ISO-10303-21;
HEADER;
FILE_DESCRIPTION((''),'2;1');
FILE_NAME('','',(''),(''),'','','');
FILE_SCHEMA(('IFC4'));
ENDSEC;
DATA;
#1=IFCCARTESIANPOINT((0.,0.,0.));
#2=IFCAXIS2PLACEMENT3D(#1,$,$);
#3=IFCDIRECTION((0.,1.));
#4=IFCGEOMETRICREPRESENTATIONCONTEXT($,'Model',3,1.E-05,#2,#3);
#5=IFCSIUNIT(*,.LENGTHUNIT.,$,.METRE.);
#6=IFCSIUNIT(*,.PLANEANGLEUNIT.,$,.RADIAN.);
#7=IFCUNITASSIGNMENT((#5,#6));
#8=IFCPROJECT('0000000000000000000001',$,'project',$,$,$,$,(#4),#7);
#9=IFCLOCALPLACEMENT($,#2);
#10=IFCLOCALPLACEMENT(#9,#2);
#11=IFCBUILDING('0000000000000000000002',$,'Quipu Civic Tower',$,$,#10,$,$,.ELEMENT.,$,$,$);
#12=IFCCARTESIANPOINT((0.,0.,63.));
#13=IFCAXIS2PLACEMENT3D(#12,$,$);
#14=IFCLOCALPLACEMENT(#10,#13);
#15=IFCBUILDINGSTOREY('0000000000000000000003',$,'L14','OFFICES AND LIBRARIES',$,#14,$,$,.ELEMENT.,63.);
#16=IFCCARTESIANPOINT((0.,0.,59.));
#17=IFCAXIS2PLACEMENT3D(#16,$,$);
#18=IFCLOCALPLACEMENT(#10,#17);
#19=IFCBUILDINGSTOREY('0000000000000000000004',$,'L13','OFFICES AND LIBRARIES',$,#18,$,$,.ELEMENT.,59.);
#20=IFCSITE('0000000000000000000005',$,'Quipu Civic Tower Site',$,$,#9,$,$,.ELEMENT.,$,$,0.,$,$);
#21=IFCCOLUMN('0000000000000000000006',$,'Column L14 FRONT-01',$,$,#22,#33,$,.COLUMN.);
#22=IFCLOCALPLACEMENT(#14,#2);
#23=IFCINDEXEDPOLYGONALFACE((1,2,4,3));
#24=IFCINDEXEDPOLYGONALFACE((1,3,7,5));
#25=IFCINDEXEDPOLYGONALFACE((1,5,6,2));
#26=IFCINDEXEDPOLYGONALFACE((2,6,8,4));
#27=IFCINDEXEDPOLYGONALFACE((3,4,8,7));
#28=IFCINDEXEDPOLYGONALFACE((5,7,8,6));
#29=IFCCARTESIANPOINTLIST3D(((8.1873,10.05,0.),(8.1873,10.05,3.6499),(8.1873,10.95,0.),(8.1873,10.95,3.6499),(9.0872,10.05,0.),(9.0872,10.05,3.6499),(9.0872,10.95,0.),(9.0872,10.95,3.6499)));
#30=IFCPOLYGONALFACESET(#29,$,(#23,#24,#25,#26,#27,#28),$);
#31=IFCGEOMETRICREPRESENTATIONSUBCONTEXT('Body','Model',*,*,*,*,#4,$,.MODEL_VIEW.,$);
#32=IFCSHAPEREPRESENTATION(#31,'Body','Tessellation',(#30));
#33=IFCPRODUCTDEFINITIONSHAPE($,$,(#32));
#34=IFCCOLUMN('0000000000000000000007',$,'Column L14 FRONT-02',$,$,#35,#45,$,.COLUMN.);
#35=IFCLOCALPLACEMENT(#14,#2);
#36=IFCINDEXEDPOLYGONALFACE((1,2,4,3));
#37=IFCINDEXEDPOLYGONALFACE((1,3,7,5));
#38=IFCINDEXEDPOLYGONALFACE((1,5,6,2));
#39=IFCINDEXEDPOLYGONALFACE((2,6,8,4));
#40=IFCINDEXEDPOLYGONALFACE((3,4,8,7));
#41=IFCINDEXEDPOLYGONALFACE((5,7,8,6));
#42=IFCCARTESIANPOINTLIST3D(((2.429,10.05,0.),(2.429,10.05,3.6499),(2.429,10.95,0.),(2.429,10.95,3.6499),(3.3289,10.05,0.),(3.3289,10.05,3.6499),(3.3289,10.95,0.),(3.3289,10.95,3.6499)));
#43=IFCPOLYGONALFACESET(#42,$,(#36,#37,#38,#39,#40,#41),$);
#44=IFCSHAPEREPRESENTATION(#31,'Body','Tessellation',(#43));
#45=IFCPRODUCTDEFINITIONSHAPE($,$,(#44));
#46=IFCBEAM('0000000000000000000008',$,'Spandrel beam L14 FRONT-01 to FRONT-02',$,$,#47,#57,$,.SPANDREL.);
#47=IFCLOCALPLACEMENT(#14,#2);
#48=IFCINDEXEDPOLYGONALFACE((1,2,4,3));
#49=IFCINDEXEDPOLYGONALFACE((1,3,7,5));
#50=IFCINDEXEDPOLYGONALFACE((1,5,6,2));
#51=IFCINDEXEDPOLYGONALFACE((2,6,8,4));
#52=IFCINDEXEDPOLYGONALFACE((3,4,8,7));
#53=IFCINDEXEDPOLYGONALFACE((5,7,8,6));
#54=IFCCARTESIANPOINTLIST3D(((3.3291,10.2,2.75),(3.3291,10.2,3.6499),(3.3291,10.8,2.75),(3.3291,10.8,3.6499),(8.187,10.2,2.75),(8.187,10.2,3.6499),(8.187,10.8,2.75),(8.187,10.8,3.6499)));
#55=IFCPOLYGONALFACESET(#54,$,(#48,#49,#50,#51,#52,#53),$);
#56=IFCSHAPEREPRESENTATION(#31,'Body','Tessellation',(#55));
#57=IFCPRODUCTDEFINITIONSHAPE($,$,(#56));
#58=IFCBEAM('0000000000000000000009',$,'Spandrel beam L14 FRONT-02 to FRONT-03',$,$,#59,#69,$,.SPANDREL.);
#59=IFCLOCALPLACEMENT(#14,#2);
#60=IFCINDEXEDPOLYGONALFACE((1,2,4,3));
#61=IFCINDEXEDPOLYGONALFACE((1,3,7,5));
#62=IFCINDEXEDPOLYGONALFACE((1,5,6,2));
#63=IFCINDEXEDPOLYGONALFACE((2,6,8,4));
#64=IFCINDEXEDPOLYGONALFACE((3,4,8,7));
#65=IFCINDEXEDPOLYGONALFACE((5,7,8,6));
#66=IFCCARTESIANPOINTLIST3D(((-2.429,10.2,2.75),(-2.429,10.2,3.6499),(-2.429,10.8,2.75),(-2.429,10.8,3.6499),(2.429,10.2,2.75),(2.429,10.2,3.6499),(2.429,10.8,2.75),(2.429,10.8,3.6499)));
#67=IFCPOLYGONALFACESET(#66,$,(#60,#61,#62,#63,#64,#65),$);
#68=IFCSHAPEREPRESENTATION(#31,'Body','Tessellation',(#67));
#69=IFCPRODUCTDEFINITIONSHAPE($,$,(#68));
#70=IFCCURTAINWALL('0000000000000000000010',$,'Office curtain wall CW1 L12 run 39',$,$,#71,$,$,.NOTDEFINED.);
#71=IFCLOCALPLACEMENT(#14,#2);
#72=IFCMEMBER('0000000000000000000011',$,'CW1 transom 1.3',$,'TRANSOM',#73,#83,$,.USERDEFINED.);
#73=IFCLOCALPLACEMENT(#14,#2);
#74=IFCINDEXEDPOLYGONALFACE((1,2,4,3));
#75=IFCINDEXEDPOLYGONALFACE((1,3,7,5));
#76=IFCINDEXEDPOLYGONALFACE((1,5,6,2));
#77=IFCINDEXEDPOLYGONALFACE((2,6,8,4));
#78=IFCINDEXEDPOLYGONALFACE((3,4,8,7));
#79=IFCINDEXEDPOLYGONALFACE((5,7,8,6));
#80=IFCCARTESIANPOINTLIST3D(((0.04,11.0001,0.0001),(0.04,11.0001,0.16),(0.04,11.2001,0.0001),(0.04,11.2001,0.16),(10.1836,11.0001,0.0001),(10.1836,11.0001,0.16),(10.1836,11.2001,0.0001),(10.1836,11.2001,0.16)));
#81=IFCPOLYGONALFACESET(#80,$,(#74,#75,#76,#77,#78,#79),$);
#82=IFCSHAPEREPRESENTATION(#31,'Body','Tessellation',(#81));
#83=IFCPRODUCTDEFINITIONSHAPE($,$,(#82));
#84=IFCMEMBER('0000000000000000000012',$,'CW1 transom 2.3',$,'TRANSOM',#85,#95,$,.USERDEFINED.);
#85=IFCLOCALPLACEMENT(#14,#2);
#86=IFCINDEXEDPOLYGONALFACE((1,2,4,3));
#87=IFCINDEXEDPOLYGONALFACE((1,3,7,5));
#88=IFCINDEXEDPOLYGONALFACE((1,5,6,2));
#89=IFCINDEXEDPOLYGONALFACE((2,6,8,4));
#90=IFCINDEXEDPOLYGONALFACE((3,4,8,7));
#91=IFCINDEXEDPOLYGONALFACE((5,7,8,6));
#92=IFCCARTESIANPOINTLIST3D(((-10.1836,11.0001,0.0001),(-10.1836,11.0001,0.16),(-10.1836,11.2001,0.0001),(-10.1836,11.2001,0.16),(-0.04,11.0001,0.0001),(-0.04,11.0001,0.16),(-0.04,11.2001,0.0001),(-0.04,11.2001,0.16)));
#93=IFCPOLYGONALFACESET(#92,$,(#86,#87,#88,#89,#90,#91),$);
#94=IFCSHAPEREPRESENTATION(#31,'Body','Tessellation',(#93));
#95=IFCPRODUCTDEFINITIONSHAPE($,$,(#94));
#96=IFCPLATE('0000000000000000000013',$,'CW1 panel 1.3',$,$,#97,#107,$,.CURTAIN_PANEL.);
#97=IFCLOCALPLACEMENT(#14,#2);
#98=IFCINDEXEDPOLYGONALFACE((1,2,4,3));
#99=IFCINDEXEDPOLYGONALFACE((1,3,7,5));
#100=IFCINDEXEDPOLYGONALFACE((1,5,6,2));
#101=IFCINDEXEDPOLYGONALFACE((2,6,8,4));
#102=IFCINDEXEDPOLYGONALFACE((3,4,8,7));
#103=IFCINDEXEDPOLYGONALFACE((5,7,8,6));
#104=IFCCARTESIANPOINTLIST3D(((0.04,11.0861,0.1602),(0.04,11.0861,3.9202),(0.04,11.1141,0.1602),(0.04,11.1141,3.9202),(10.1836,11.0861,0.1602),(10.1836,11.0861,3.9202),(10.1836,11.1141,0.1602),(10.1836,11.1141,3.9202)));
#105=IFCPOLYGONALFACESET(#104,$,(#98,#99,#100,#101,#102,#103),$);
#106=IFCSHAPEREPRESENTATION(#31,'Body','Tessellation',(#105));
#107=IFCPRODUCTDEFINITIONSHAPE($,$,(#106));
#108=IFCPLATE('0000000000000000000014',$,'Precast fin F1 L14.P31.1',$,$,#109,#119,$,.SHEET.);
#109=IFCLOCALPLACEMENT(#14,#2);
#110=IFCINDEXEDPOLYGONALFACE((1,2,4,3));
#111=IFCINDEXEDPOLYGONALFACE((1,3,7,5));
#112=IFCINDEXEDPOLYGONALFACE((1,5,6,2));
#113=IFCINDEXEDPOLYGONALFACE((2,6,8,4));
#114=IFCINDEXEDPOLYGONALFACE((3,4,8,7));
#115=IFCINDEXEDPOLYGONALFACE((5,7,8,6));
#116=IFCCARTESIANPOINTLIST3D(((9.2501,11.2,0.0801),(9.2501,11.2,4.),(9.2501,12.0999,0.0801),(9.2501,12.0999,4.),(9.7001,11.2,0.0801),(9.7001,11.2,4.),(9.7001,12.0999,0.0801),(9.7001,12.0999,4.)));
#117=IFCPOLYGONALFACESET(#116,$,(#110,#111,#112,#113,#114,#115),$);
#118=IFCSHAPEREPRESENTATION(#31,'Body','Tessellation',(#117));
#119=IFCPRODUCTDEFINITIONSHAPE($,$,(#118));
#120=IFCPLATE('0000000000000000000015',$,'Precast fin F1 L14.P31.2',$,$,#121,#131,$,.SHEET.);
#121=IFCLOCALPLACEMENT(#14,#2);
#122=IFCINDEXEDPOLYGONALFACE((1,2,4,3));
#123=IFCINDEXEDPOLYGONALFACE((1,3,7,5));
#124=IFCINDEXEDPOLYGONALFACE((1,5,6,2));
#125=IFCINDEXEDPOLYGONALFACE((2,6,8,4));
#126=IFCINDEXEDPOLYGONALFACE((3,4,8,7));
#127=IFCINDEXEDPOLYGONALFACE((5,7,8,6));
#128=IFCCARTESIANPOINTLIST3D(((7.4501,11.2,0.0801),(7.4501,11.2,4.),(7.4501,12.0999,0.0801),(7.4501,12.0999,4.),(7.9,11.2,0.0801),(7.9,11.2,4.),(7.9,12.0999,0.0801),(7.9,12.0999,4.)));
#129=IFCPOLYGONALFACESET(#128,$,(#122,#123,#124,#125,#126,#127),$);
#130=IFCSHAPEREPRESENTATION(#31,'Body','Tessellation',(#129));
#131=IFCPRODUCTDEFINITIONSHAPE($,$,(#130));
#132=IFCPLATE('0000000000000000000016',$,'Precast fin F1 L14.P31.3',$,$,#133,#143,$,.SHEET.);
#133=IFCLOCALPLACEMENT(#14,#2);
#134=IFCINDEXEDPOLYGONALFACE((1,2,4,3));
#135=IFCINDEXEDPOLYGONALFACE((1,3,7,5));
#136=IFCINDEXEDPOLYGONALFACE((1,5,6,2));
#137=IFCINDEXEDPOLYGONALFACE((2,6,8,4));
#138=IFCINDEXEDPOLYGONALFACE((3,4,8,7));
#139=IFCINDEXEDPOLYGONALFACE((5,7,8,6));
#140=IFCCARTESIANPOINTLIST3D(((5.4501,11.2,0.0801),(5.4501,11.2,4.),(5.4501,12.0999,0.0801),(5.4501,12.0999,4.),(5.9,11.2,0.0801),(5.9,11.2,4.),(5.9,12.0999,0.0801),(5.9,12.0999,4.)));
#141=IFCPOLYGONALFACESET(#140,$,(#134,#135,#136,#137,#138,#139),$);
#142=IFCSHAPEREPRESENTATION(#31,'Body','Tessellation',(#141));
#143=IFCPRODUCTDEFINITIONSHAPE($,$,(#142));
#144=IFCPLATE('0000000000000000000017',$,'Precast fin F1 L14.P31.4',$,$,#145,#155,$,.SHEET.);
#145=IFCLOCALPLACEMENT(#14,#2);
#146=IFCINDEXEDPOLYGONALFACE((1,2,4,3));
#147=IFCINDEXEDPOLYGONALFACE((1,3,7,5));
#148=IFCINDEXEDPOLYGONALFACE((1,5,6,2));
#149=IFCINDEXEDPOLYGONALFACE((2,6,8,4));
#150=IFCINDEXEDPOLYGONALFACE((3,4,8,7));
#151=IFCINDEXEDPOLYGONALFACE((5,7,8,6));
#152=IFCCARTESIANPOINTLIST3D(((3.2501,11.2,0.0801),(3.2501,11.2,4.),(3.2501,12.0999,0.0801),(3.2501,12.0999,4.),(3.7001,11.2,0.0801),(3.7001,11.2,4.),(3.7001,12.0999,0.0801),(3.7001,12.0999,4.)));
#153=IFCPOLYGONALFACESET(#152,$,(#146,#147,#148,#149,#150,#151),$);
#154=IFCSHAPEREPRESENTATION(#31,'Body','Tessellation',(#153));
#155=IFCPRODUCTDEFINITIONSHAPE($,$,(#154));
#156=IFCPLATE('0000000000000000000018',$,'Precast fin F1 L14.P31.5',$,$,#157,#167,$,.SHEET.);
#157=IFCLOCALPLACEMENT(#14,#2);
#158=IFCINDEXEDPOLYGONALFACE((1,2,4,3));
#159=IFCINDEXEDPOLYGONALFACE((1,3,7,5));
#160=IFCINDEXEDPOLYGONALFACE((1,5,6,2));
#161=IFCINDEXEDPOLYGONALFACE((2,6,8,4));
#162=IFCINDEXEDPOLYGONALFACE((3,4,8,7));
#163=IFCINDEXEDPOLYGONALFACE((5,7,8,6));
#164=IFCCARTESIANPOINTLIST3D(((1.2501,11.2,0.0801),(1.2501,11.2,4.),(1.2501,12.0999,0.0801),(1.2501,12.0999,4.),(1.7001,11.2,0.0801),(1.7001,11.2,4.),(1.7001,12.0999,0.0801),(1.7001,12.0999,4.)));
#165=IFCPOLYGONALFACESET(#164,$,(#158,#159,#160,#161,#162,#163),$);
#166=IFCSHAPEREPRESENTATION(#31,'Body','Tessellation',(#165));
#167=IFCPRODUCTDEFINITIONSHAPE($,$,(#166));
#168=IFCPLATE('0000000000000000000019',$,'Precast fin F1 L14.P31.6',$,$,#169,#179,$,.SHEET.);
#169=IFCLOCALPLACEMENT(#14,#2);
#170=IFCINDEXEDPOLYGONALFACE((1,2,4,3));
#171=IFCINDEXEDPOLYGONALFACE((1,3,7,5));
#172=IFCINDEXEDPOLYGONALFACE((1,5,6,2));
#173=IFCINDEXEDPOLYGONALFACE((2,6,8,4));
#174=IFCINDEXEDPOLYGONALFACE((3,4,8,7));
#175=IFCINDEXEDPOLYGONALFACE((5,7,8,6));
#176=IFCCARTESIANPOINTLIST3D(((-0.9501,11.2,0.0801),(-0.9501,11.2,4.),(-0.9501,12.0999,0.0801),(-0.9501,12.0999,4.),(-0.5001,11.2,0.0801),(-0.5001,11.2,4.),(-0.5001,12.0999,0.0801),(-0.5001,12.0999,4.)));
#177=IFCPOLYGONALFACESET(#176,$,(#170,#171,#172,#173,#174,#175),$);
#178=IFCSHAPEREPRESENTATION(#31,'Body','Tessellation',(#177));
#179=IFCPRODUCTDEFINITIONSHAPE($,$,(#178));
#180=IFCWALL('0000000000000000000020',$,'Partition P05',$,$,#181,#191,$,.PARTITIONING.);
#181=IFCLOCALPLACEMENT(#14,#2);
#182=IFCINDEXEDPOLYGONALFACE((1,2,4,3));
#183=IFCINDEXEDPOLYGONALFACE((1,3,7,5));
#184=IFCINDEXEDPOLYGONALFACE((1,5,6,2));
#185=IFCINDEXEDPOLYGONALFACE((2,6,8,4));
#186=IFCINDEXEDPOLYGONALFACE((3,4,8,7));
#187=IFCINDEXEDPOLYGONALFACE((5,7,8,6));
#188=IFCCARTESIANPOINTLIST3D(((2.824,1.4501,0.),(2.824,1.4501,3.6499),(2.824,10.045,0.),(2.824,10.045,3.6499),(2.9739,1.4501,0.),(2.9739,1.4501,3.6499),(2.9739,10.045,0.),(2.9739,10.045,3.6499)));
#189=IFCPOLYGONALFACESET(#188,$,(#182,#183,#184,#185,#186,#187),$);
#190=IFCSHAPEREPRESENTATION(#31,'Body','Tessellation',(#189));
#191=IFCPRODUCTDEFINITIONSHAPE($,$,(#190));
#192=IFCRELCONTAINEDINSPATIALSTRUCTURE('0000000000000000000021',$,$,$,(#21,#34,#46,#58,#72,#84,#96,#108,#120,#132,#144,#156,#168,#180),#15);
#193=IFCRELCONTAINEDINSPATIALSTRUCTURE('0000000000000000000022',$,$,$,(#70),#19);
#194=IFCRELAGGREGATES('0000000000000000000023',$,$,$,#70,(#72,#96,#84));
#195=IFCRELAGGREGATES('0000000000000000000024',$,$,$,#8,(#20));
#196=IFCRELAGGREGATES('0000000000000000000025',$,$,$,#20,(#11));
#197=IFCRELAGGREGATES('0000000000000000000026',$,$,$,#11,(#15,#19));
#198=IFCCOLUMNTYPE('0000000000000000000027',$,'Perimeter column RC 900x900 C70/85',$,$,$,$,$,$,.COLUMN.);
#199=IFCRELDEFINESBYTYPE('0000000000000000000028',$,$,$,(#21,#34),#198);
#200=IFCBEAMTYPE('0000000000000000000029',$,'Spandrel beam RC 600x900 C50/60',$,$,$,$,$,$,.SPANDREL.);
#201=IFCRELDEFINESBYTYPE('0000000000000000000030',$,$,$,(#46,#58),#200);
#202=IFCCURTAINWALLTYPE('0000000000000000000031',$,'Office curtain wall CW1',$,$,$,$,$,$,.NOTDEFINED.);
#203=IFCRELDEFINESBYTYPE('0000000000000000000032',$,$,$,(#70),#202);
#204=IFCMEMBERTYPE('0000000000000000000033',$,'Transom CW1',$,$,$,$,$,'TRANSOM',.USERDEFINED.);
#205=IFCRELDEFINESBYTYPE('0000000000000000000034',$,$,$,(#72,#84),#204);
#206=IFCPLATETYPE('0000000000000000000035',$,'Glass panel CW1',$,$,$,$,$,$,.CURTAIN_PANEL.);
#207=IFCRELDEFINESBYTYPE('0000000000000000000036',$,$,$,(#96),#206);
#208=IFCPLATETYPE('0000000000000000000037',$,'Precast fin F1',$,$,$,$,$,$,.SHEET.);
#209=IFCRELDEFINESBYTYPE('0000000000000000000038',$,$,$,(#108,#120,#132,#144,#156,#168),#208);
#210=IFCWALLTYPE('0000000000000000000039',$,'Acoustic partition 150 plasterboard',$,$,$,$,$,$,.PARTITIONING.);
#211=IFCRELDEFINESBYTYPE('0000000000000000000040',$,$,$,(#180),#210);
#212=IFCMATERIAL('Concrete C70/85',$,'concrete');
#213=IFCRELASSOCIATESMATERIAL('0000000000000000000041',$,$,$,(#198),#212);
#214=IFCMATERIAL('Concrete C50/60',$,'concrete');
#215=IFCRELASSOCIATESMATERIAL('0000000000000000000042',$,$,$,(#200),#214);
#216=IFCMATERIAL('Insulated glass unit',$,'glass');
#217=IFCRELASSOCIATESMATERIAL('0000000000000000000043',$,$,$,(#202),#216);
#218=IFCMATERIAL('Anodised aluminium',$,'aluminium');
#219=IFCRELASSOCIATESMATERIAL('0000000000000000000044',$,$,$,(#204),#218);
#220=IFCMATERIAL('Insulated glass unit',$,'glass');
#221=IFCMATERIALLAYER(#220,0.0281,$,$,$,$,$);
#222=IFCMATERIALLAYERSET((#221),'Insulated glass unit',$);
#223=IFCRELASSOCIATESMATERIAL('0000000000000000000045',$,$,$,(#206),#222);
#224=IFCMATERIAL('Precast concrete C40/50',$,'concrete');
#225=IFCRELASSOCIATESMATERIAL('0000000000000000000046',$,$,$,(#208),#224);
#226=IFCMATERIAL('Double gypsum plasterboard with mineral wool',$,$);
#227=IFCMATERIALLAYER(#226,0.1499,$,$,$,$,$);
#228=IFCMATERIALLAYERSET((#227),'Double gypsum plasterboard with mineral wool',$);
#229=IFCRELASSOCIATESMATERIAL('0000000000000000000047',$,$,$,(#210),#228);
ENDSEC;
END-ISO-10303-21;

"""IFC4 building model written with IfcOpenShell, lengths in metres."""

from ifc_helpers import new_model, si_unit, direction, frame, frame_2d, origin, origin_2d, place, context, subcontext, project, spatial, rectangle, extrude, material, layer, layer_set, material_profile, profile_set, type_object, element, aggregate, save


model = new_model("IFC4")

# Units and contexts
model_context = context("Model", 3, precision=1e-05, world=origin(), true_north=direction((0.0, 1.0)))
body_context = subcontext(model_context, "Body", "Model", "MODEL_VIEW")
ifc_project = project(units=[si_unit("LENGTHUNIT", "METRE"), si_unit("PLANEANGLEUNIT", "RADIAN")], contexts=[model_context])

# Site, building, storey
site_placement = place(None, origin())
site = spatial("IfcSite", under=ifc_project, at=site_placement, Name="Quipu Civic Tower Site", CompositionType="ELEMENT", RefElevation=0.0)
building_placement = place(site_placement, origin())
building = spatial("IfcBuilding", under=site, at=building_placement, Name="Quipu Civic Tower", CompositionType="ELEMENT")
storey_1_placement = place(building_placement, frame((0.0, 0.0, 63.0)))
storey_1 = spatial("IfcBuildingStorey", under=building, at=storey_1_placement, Name="L14", Description="OFFICES AND LIBRARIES", CompositionType="ELEMENT", Elevation=63.0)

# Columns
ifc_material_1 = material(Name="Concrete C70/85", Category="concrete")
ifc_material_profile_1 = material_profile(ifc_material_1, rectangle(XDim=0.8999, YDim=0.8999, at=origin_2d()), Name="RC900x900")
ifc_profile_set_1 = profile_set([ifc_material_profile_1], Name="Concrete C70/85")
column_type = type_object("IfcColumnType", Name="Perimeter column RC 900x900 C70/85", PredefinedType="COLUMN", material=ifc_profile_set_1)
for number, where, z_axis, x_axis, name in (
    (1, (8.6372, 10.5, 0.0), (0.0, 0.0, 1.0), (-1.0, 0.0, 0.0), "Column L14 FRONT-01"),
    (2, (2.8789, 10.5, 0.0), (0.0, 0.0, 1.0), (-1.0, 0.0, 0.0), "Column L14 FRONT-02"),
):
    element("IfcColumn", number, at=place(storey_1_placement, frame(where, z_axis=z_axis, x_axis=x_axis)), inside=storey_1, type_object=column_type, Name=name, PredefinedType="COLUMN", context=body_context, shape_type="SweptSolid", body=[
        extrude(rectangle(XDim=0.8999, YDim=0.8999, at=origin_2d()), origin(), (0.0, 0.0, 1.0), 3.6499),
    ])

# Beams
ifc_material_2 = material(Name="Concrete C50/60", Category="concrete")
ifc_material_profile_2 = material_profile(ifc_material_2, rectangle(XDim=0.6001, YDim=0.8999, at=origin_2d()), Name="RC600x900")
ifc_profile_set_2 = profile_set([ifc_material_profile_2], Name="Concrete C50/60")
beam_type = type_object("IfcBeamType", Name="Spandrel beam RC 600x900 C50/60", PredefinedType="SPANDREL", material=ifc_profile_set_2)
for number, where, z_axis, x_axis, name in (
    (3, (8.187, 10.5, 3.2), (-1.0, 0.0, 0.0), (0.0, -1.0, 0.0), "Spandrel beam L14 FRONT-01 to FRONT-02"),
    (4, (2.429, 10.5, 3.2), (-1.0, 0.0, 0.0), (0.0, -1.0, 0.0), "Spandrel beam L14 FRONT-02 to FRONT-03"),
):
    element("IfcBeam", number, at=place(storey_1_placement, frame(where, z_axis=z_axis, x_axis=x_axis)), inside=storey_1, type_object=beam_type, Name=name, PredefinedType="SPANDREL", context=body_context, shape_type="SweptSolid", body=[
        extrude(rectangle(XDim=0.6001, YDim=0.8999, at=origin_2d()), origin(), (0.0, 0.0, 1.0), 4.8579),
    ])

# Shared definitions
storey_2_placement = place(building_placement, frame((0.0, 0.0, 59.0)))
storey_2 = spatial("IfcBuildingStorey", under=building, at=storey_2_placement, Name="L13", Description="OFFICES AND LIBRARIES", CompositionType="ELEMENT", Elevation=59.0)

# Curtain wall, members, plate
ifc_material_3 = material(Name="Insulated glass unit", Category="glass")
curtain_wall_type = type_object("IfcCurtainWallType", Name="Office curtain wall CW1", PredefinedType="NOTDEFINED", material=ifc_material_3)
curtain_wall_placement = place(storey_2_placement, origin())
curtain_wall = element("IfcCurtainWall", 5, at=curtain_wall_placement, inside=storey_2, type_object=curtain_wall_type, Name="Office curtain wall CW1 L12 run 39", PredefinedType="NOTDEFINED")
ifc_material_4 = material(Name="Anodised aluminium", Category="aluminium")
ifc_material_profile_3 = material_profile(ifc_material_4, rectangle(XDim=0.2, YDim=0.1599, at=origin_2d()), Name="RECT 200x160")
ifc_profile_set_3 = profile_set([ifc_material_profile_3], Name="Anodised aluminium")
member_type = type_object("IfcMemberType", Name="Transom CW1", ElementType="TRANSOM", PredefinedType="USERDEFINED", material=ifc_profile_set_3)
member_1_placement = place(storey_1_placement, frame((10.1836, 11.1001, 0.0801), z_axis=(-1.0, 0.0, 0.0), x_axis=(0.0, -1.0, 0.0)))
member_1 = element("IfcMember", 6, at=member_1_placement, inside=storey_1, type_object=member_type, Name="CW1 transom 1.3", ObjectType="TRANSOM", PredefinedType="USERDEFINED", context=body_context, shape_type="SweptSolid", body=[
    extrude(rectangle(XDim=0.2, YDim=0.1599, at=origin_2d()), origin(), (0.0, 0.0, 1.0), 10.1436),
])
member_2_placement = place(storey_1_placement, frame((-0.04, 11.1001, 0.0801), z_axis=(-1.0, 0.0, 0.0), x_axis=(0.0, -1.0, 0.0)))
member_2 = element("IfcMember", 7, at=member_2_placement, inside=storey_1, type_object=member_type, Name="CW1 transom 2.3", ObjectType="TRANSOM", PredefinedType="USERDEFINED", context=body_context, shape_type="SweptSolid", body=[
    extrude(rectangle(XDim=0.2, YDim=0.1599, at=origin_2d()), origin(), (0.0, 0.0, 1.0), 10.1436),
])
ifc_material_5 = material(Name="Insulated glass unit", Category="glass")
ifc_layer_1 = layer(ifc_material_5, 0.0281)
ifc_layer_set_1 = layer_set([ifc_layer_1], Name="Insulated glass unit")
plate_type_1 = type_object("IfcPlateType", Name="Glass panel CW1", PredefinedType="CURTAIN_PANEL", material=ifc_layer_set_1)
plate_placement = place(storey_1_placement, frame((5.1118, 11.1001, 0.1602), z_axis=(0.0, 0.0, 1.0), x_axis=(-1.0, 0.0, 0.0)))
plate = element("IfcPlate", 8, at=plate_placement, inside=storey_1, type_object=plate_type_1, Name="CW1 panel 1.3", PredefinedType="CURTAIN_PANEL", context=body_context, shape_type="SweptSolid", body=[
    extrude(rectangle(XDim=10.1436, YDim=0.0281, at=origin_2d()), origin(), (0.0, 0.0, 1.0), 3.76),
])
aggregate(curtain_wall, [member_1, plate, member_2])

# Plates
ifc_material_6 = material(Name="Precast concrete C40/50", Category="concrete")
plate_type_2 = type_object("IfcPlateType", Name="Precast fin F1", PredefinedType="SHEET", material=ifc_material_6)
for number, where, z_axis, x_axis, name in (
    (9, (9.4751, 11.6499, 0.0801), (0.0, 0.0, 1.0), (-1.0, 0.0, 0.0), "Precast fin F1 L14.P31.1"),
    (10, (7.675, 11.6499, 0.0801), (0.0, 0.0, 1.0), (-1.0, 0.0, 0.0), "Precast fin F1 L14.P31.2"),
    (11, (5.675, 11.6499, 0.0801), (0.0, 0.0, 1.0), (-1.0, 0.0, 0.0), "Precast fin F1 L14.P31.3"),
    (12, (3.4751, 11.6499, 0.0801), (0.0, 0.0, 1.0), (-1.0, 0.0, 0.0), "Precast fin F1 L14.P31.4"),
    (13, (1.4751, 11.6499, 0.0801), (0.0, 0.0, 1.0), (-1.0, 0.0, 0.0), "Precast fin F1 L14.P31.5"),
    (14, (-0.7251, 11.6499, 0.0801), (0.0, 0.0, 1.0), (-1.0, 0.0, 0.0), "Precast fin F1 L14.P31.6"),
):
    element("IfcPlate", number, at=place(storey_1_placement, frame(where, z_axis=z_axis, x_axis=x_axis)), inside=storey_1, type_object=plate_type_2, Name=name, PredefinedType="SHEET", context=body_context, shape_type="SweptSolid", body=[
        extrude(rectangle(XDim=0.45, YDim=0.8999, at=origin_2d()), origin(), (0.0, 0.0, 1.0), 3.9199),
    ])

# Wall
ifc_material_7 = material(Name="Double gypsum plasterboard with mineral wool")
ifc_layer_2 = layer(ifc_material_7, 0.1499)
ifc_layer_set_2 = layer_set([ifc_layer_2], Name="Double gypsum plasterboard with mineral wool")
wall_type_1 = type_object("IfcWallType", Name="Acoustic partition 150 plasterboard", PredefinedType="PARTITIONING", material=ifc_layer_set_2)
wall_1_placement = place(storey_1_placement, frame((2.8989, 10.0449, 0.0), z_axis=(0.0, 0.0, 1.0), x_axis=(0.0, -1.0, 0.0)))
element("IfcWall", 15, at=wall_1_placement, inside=storey_1, type_object=wall_type_1, Name="Partition P05", PredefinedType="PARTITIONING", context=body_context, shape_type="SweptSolid", body=[
    extrude(rectangle(XDim=8.595, YDim=0.1499, at=frame_2d((4.2974, 0.0))), origin(), (0.0, 0.0, 1.0), 3.6499),
])

save(model, "model.ifc")
